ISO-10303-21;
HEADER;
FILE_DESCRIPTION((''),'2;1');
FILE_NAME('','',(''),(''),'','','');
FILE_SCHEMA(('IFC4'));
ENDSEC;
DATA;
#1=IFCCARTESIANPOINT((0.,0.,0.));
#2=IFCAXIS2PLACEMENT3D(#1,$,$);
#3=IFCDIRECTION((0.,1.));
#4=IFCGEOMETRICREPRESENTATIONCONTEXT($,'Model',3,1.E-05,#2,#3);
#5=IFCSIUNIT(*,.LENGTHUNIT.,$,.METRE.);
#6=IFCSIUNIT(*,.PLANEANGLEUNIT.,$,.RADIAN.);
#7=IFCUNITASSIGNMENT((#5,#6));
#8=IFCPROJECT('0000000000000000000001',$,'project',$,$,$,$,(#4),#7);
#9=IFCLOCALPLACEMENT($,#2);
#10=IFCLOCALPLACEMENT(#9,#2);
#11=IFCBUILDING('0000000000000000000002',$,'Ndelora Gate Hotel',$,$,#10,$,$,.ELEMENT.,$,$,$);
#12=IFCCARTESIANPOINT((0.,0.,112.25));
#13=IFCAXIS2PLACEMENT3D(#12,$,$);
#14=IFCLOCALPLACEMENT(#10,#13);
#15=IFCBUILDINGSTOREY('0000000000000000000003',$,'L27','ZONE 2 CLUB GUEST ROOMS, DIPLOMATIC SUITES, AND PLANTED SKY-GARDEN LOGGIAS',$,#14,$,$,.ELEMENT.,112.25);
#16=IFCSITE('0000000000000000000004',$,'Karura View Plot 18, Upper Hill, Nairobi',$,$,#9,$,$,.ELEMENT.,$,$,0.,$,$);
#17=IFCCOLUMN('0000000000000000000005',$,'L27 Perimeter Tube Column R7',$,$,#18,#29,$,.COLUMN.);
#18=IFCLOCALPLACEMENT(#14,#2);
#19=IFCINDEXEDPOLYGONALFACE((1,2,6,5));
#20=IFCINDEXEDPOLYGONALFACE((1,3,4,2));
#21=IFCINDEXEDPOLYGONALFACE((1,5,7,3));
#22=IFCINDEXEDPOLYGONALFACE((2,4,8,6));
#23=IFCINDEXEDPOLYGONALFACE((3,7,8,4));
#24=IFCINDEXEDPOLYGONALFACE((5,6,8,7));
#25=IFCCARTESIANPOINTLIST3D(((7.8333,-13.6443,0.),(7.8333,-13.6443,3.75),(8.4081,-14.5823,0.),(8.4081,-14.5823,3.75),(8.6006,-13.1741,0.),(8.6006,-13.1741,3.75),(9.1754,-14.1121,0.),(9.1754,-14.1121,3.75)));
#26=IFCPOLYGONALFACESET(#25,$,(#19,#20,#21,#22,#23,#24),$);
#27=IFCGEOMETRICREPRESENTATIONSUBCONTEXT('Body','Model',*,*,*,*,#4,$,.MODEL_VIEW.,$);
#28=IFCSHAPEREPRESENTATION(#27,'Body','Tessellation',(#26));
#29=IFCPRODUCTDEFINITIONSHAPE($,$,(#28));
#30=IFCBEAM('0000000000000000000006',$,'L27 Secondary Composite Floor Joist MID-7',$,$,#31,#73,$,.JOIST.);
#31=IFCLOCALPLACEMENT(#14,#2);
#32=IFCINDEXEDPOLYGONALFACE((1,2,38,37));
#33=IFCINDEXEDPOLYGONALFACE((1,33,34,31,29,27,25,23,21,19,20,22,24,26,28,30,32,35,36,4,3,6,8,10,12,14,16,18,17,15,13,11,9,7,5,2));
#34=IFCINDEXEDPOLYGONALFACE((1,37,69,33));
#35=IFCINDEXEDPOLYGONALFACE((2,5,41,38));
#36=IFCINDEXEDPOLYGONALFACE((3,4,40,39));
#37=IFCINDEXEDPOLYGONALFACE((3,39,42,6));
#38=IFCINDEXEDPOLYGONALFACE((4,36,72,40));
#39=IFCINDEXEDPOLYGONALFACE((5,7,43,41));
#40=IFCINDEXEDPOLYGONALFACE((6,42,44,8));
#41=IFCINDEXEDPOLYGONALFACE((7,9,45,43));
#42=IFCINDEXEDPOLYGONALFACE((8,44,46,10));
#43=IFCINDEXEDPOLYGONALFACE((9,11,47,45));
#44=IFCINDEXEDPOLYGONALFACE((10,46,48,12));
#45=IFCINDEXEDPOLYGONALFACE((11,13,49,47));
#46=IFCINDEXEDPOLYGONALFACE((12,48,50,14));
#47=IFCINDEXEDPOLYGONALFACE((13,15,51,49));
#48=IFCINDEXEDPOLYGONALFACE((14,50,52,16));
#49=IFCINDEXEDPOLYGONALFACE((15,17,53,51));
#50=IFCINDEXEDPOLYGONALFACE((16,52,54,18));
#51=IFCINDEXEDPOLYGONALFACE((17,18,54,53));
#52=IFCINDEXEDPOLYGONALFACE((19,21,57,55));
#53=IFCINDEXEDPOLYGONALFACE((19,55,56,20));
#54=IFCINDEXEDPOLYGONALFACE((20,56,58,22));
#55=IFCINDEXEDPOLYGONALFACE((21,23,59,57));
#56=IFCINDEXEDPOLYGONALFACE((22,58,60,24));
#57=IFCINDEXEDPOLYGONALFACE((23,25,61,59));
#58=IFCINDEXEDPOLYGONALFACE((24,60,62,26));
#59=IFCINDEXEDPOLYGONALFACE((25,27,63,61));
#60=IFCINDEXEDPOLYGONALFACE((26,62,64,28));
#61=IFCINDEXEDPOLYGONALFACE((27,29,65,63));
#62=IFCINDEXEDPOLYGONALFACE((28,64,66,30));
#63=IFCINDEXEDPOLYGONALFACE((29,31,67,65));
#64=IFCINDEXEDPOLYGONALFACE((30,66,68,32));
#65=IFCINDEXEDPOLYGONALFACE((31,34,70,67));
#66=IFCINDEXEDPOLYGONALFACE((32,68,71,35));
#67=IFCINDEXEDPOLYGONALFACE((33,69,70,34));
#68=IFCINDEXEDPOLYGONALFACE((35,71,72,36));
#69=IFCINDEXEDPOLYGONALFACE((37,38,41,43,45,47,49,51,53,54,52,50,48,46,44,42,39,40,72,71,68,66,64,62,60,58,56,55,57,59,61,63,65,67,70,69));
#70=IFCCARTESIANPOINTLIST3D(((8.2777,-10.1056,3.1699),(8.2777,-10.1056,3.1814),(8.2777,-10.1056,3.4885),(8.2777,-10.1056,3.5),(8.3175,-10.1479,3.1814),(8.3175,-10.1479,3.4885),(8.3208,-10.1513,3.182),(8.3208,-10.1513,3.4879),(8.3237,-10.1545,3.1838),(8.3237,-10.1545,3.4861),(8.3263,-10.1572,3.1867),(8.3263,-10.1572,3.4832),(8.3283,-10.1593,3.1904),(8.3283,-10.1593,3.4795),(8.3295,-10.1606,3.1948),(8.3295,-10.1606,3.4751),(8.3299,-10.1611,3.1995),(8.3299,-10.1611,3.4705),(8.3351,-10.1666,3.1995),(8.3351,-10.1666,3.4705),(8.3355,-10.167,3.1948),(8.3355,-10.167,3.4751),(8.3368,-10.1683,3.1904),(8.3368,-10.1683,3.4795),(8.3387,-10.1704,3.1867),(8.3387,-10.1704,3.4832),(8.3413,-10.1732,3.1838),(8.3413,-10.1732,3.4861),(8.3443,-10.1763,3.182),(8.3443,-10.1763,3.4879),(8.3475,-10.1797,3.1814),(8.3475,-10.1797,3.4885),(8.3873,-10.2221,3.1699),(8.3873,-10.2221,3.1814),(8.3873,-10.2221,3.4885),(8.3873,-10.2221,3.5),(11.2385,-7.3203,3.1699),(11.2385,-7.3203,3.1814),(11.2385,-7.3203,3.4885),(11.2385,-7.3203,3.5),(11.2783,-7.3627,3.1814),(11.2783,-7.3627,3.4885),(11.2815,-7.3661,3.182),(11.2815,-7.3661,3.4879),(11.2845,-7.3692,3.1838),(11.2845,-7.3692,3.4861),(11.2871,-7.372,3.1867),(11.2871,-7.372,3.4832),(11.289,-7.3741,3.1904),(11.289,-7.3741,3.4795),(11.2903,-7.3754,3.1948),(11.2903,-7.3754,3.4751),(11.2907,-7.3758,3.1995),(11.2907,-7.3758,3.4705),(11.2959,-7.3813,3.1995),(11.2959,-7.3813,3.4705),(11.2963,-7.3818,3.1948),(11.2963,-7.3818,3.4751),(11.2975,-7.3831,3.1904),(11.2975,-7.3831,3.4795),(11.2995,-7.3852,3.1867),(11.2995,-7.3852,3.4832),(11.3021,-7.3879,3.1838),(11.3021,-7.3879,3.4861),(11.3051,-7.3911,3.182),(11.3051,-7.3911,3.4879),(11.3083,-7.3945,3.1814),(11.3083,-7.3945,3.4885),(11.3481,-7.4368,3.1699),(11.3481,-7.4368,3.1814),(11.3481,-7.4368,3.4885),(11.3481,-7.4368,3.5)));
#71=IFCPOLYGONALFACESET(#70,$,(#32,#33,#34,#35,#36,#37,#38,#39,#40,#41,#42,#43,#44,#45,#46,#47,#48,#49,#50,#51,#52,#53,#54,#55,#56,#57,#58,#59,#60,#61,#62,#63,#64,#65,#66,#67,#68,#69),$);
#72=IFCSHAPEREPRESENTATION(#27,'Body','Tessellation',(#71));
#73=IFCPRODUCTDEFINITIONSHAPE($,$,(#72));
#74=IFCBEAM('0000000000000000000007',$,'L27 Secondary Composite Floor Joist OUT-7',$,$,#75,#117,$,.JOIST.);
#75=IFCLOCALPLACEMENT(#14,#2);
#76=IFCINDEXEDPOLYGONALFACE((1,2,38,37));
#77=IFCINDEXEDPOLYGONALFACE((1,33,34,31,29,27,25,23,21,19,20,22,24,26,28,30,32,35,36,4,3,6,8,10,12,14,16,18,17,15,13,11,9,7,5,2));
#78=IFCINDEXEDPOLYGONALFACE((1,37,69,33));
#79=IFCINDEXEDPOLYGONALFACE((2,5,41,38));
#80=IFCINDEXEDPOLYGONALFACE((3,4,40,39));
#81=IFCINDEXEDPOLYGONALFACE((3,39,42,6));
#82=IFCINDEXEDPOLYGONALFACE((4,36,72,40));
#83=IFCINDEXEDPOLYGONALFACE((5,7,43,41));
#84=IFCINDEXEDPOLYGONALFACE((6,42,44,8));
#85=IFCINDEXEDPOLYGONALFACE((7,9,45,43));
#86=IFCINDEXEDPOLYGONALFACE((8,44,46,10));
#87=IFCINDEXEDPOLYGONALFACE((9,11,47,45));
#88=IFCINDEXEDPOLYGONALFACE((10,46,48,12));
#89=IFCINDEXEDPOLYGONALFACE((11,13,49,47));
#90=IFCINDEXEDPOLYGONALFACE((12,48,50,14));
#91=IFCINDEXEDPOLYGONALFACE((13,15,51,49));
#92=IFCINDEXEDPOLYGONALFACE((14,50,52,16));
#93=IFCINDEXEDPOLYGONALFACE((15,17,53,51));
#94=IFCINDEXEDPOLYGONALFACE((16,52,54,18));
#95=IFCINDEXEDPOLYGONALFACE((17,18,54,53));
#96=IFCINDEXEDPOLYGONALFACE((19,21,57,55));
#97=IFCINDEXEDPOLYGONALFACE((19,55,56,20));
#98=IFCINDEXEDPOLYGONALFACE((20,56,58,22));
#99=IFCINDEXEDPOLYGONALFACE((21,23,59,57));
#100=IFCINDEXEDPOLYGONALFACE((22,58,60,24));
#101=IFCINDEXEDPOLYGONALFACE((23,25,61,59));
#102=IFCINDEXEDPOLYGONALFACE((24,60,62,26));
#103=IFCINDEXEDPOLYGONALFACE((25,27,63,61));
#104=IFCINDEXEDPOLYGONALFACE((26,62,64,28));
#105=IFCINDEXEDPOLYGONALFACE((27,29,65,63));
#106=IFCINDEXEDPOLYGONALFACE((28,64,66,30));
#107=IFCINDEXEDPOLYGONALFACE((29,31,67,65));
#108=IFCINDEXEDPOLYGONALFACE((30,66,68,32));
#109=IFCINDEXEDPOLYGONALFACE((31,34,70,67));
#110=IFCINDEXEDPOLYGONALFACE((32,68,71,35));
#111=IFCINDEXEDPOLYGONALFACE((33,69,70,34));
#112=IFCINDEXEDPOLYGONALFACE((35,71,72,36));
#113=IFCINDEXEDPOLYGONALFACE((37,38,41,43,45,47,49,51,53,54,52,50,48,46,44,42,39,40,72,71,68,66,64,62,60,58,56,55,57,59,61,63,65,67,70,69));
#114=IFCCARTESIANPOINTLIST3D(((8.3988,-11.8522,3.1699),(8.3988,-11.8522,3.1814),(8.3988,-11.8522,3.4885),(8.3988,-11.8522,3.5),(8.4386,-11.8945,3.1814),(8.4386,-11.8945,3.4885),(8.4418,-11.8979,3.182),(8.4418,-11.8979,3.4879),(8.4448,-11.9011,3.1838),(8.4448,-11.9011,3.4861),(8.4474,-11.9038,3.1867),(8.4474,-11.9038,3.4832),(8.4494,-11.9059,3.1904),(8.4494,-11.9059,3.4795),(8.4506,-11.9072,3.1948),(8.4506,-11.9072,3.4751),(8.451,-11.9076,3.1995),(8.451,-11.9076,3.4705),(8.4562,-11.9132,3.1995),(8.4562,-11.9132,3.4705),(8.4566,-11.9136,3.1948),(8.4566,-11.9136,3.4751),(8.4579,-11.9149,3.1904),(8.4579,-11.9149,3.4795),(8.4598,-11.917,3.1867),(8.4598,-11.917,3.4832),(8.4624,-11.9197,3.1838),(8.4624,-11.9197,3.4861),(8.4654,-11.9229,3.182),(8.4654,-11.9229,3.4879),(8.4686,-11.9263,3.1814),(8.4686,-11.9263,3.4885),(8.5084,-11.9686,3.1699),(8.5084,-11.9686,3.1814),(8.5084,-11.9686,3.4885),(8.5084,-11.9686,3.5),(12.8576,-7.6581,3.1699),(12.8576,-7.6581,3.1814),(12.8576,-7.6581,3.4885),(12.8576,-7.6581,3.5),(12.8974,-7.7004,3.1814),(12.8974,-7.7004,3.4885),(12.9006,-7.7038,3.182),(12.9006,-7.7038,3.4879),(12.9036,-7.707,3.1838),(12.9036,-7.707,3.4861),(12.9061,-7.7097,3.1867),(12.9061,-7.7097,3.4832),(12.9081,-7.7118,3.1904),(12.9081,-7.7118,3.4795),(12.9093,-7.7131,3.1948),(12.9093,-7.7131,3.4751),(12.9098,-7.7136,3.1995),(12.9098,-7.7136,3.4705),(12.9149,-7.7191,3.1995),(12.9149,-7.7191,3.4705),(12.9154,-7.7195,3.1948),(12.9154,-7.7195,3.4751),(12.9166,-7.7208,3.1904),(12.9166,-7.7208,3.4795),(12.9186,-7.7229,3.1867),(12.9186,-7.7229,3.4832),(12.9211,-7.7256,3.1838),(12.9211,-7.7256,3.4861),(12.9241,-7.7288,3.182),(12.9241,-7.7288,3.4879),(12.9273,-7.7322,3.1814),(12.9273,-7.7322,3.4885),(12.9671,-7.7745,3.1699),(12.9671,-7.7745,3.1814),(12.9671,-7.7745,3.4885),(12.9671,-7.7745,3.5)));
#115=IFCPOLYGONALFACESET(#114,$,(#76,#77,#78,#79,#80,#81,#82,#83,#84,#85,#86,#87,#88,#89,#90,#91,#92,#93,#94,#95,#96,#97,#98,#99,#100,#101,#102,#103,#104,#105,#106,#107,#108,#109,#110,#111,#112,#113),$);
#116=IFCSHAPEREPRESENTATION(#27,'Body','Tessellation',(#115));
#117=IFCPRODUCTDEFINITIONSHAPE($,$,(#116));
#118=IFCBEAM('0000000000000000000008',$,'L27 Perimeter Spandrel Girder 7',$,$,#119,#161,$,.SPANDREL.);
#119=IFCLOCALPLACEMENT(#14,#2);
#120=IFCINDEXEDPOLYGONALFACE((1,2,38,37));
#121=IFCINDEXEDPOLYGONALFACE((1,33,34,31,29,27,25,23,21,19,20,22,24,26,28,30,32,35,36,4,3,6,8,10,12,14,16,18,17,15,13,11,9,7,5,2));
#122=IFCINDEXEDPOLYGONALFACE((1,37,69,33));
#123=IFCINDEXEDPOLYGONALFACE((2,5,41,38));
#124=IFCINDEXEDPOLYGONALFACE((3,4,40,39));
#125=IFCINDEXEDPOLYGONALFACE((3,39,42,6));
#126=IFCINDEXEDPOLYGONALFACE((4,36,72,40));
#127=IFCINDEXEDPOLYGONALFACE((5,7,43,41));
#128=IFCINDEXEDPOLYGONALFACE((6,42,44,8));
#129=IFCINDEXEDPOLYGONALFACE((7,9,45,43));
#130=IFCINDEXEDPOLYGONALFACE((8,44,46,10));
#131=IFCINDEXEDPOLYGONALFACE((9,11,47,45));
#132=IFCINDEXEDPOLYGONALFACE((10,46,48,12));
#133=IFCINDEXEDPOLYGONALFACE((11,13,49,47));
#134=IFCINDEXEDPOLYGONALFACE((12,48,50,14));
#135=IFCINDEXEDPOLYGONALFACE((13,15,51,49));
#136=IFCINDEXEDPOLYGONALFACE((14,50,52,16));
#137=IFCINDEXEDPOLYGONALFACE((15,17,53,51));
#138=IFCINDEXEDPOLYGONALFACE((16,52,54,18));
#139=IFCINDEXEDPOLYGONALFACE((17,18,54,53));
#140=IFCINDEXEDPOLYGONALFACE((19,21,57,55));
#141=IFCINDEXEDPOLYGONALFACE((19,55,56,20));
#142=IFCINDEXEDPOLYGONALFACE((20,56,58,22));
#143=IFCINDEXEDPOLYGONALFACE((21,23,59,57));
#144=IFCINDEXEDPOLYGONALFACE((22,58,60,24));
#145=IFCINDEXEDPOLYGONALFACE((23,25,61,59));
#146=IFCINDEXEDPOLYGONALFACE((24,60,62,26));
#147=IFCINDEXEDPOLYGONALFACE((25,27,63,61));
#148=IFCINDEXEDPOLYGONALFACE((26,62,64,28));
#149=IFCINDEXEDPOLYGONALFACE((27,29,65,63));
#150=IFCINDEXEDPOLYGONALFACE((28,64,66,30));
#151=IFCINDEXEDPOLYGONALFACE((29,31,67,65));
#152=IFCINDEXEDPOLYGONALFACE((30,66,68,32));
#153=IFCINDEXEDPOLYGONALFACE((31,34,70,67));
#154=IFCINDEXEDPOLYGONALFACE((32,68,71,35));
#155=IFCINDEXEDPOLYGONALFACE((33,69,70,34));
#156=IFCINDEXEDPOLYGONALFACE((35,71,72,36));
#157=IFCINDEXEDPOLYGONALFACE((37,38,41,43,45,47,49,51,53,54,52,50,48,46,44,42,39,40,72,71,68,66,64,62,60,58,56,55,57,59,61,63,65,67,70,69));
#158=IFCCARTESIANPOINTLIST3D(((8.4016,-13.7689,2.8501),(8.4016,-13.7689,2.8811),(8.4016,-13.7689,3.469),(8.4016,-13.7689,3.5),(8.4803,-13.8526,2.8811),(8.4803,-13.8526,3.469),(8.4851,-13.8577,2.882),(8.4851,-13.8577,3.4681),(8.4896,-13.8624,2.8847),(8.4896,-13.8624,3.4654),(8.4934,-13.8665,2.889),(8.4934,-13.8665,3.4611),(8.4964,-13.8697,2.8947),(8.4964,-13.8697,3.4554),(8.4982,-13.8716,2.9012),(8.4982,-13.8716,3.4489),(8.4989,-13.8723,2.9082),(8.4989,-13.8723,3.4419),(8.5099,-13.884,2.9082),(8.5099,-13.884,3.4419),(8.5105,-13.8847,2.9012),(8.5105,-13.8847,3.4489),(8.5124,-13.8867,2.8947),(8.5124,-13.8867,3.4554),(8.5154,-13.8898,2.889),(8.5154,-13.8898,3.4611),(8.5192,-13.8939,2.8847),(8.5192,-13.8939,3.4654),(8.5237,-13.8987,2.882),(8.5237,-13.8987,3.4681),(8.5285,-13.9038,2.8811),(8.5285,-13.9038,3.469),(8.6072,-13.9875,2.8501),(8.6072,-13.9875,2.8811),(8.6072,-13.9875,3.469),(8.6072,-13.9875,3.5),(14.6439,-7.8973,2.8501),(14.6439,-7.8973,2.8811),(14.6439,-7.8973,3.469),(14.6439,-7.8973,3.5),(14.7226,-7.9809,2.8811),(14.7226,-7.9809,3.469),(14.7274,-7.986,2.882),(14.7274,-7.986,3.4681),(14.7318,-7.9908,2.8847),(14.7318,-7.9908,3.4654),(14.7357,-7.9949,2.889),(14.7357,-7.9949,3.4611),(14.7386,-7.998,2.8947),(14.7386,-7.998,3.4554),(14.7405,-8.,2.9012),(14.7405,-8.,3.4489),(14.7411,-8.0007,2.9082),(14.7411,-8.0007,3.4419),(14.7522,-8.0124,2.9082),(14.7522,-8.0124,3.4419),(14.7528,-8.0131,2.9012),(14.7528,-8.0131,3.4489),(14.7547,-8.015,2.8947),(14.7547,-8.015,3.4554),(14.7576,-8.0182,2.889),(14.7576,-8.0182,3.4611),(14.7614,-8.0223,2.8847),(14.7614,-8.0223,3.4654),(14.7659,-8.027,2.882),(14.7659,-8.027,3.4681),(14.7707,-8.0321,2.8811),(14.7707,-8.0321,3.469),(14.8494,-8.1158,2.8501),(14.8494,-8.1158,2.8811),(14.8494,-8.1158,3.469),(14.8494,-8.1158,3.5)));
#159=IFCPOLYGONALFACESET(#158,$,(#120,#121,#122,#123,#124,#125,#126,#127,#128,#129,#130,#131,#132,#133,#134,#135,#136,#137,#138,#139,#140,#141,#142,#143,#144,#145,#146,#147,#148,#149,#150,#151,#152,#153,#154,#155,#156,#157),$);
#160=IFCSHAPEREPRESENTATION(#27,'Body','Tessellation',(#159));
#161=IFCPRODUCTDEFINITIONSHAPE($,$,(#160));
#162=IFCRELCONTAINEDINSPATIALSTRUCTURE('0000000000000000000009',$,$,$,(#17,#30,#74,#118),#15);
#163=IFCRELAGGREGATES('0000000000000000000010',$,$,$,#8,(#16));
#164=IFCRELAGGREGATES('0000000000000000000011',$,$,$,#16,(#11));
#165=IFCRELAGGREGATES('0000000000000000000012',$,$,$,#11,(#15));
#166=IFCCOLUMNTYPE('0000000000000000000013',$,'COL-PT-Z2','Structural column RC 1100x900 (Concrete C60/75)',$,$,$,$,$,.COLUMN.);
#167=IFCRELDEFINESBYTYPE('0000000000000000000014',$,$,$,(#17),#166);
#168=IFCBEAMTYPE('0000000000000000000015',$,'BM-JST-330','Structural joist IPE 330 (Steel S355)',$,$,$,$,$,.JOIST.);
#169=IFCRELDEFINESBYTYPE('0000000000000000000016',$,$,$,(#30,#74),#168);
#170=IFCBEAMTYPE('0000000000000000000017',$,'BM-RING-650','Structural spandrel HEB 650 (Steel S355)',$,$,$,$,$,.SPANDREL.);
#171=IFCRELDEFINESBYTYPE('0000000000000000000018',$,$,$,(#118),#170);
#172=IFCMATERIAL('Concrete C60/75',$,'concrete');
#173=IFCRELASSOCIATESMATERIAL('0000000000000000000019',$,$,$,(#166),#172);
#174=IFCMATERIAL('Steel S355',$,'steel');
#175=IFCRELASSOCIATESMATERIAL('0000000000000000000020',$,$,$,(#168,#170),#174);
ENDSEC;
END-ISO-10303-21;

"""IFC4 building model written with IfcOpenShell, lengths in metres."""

from ifc_helpers import new_model, si_unit, direction, frame, origin, origin_2d, place, context, subcontext, project, spatial, rectangle, i_section, extrude, material, material_profile, profile_set, type_object, element, save


model = new_model("IFC4")

# Units and contexts
model_context = context("Model", 3, precision=1e-05, world=origin(), true_north=direction((0.0, 1.0)))
body_context = subcontext(model_context, "Body", "Model", "MODEL_VIEW")
ifc_project = project(units=[si_unit("LENGTHUNIT", "METRE"), si_unit("PLANEANGLEUNIT", "RADIAN")], contexts=[model_context])

# Site, building, storey
site_placement = place(None, origin())
site = spatial("IfcSite", under=ifc_project, at=site_placement, Name="Karura View Plot 18, Upper Hill, Nairobi", CompositionType="ELEMENT", RefElevation=0.0)
building_placement = place(site_placement, origin())
building = spatial("IfcBuilding", under=site, at=building_placement, Name="Ndelora Gate Hotel", CompositionType="ELEMENT")
storey_placement = place(building_placement, frame((0.0, 0.0, 112.25)))
storey = spatial("IfcBuildingStorey", under=building, at=storey_placement, Name="L27", Description="ZONE 2 CLUB GUEST ROOMS, DIPLOMATIC SUITES, AND PLANTED SKY-GARDEN LOGGIAS", CompositionType="ELEMENT", Elevation=112.25)

# Column
ifc_material_1 = material(Name="Concrete C60/75", Category="concrete")
ifc_material_profile_1 = material_profile(ifc_material_1, rectangle(XDim=0.8999, YDim=1.1001, at=origin_2d()), Name="RC 1100x900")
ifc_profile_set_1 = profile_set([ifc_material_profile_1], Name="Concrete C60/75")
column_type = type_object("IfcColumnType", Name="COL-PT-Z2", Description="Structural column RC 1100x900 (Concrete C60/75)", PredefinedType="COLUMN", material=ifc_profile_set_1)
column_placement = place(storey_placement, frame((8.5044, -13.8782, 0.0), z_axis=(0.0, 0.0, 1.0), x_axis=(0.85264, 0.522499, 0.0)))
element("IfcColumn", 1, at=column_placement, inside=storey, type_object=column_type, Name="L27 Perimeter Tube Column R7", PredefinedType="COLUMN", context=body_context, shape_type="SweptSolid", body=[
    extrude(rectangle(XDim=0.8999, YDim=1.1001, at=origin_2d()), origin(), (0.0, 0.0, 1.0), 3.75),
])

# Beams
ifc_material_2 = material(Name="Steel S355", Category="steel")
ifc_material_profile_2 = material_profile(ifc_material_2, i_section(OverallWidth=0.1599, OverallDepth=0.3301, WebThickness=0.0076, FlangeThickness=0.0115, FilletRadius=0.0181, at=origin_2d()), Name="IPE 330")
ifc_profile_set_2 = profile_set([ifc_material_profile_2], Name="Steel S355")
beam_type_1 = type_object("IfcBeamType", Name="BM-JST-330", Description="Structural joist IPE 330 (Steel S355)", PredefinedType="JOIST", material=ifc_profile_set_2)
beam_1_placement = place(storey_placement, frame((8.3325, -10.1638, 3.335), z_axis=(0.728369, 0.685185, 0.0), x_axis=(-0.685185, 0.728369, 0.0)))
element("IfcBeam", 2, at=beam_1_placement, inside=storey, type_object=beam_type_1, Name="L27 Secondary Composite Floor Joist MID-7", PredefinedType="JOIST", context=body_context, shape_type="SweptSolid", body=[
    extrude(i_section(OverallWidth=0.1599, OverallDepth=0.3301, WebThickness=0.0076, FlangeThickness=0.0115, FilletRadius=0.0181, at=origin_2d()), origin(), (0.0, 0.0, 1.0), 4.0649),
])
beam_2_placement = place(storey_placement, frame((8.4536, -11.9104, 3.335), z_axis=(0.728393, 0.685159, 0.0), x_axis=(-0.685159, 0.728393, 0.0)))
element("IfcBeam", 3, at=beam_2_placement, inside=storey, type_object=beam_type_1, Name="L27 Secondary Composite Floor Joist OUT-7", PredefinedType="JOIST", context=body_context, shape_type="SweptSolid", body=[
    extrude(i_section(OverallWidth=0.1599, OverallDepth=0.3301, WebThickness=0.0076, FlangeThickness=0.0115, FilletRadius=0.0181, at=origin_2d()), origin(), (0.0, 0.0, 1.0), 6.1213),
])
ifc_material_profile_3 = material_profile(ifc_material_2, i_section(OverallWidth=0.3, OverallDepth=0.6499, WebThickness=0.0161, FlangeThickness=0.031, FilletRadius=0.0271, at=origin_2d()), Name="HEB 650")
ifc_profile_set_3 = profile_set([ifc_material_profile_3], Name="Steel S355")
beam_type_2 = type_object("IfcBeamType", Name="BM-RING-650", Description="Structural spandrel HEB 650 (Steel S355)", PredefinedType="SPANDREL", material=ifc_profile_set_3)
beam_3_placement = place(storey_placement, frame((8.5044, -13.8782, 3.175), z_axis=(0.728399, 0.685153, 0.0), x_axis=(-0.685153, 0.728399, 0.0)))
element("IfcBeam", 4, at=beam_3_placement, inside=storey, type_object=beam_type_2, Name="L27 Perimeter Spandrel Girder 7", PredefinedType="SPANDREL", context=body_context, shape_type="SweptSolid", body=[
    extrude(i_section(OverallWidth=0.3, OverallDepth=0.6499, WebThickness=0.0161, FlangeThickness=0.031, FilletRadius=0.0271, at=origin_2d()), origin(), (0.0, 0.0, 1.0), 8.5698),
])

save(model, "model.ifc")
